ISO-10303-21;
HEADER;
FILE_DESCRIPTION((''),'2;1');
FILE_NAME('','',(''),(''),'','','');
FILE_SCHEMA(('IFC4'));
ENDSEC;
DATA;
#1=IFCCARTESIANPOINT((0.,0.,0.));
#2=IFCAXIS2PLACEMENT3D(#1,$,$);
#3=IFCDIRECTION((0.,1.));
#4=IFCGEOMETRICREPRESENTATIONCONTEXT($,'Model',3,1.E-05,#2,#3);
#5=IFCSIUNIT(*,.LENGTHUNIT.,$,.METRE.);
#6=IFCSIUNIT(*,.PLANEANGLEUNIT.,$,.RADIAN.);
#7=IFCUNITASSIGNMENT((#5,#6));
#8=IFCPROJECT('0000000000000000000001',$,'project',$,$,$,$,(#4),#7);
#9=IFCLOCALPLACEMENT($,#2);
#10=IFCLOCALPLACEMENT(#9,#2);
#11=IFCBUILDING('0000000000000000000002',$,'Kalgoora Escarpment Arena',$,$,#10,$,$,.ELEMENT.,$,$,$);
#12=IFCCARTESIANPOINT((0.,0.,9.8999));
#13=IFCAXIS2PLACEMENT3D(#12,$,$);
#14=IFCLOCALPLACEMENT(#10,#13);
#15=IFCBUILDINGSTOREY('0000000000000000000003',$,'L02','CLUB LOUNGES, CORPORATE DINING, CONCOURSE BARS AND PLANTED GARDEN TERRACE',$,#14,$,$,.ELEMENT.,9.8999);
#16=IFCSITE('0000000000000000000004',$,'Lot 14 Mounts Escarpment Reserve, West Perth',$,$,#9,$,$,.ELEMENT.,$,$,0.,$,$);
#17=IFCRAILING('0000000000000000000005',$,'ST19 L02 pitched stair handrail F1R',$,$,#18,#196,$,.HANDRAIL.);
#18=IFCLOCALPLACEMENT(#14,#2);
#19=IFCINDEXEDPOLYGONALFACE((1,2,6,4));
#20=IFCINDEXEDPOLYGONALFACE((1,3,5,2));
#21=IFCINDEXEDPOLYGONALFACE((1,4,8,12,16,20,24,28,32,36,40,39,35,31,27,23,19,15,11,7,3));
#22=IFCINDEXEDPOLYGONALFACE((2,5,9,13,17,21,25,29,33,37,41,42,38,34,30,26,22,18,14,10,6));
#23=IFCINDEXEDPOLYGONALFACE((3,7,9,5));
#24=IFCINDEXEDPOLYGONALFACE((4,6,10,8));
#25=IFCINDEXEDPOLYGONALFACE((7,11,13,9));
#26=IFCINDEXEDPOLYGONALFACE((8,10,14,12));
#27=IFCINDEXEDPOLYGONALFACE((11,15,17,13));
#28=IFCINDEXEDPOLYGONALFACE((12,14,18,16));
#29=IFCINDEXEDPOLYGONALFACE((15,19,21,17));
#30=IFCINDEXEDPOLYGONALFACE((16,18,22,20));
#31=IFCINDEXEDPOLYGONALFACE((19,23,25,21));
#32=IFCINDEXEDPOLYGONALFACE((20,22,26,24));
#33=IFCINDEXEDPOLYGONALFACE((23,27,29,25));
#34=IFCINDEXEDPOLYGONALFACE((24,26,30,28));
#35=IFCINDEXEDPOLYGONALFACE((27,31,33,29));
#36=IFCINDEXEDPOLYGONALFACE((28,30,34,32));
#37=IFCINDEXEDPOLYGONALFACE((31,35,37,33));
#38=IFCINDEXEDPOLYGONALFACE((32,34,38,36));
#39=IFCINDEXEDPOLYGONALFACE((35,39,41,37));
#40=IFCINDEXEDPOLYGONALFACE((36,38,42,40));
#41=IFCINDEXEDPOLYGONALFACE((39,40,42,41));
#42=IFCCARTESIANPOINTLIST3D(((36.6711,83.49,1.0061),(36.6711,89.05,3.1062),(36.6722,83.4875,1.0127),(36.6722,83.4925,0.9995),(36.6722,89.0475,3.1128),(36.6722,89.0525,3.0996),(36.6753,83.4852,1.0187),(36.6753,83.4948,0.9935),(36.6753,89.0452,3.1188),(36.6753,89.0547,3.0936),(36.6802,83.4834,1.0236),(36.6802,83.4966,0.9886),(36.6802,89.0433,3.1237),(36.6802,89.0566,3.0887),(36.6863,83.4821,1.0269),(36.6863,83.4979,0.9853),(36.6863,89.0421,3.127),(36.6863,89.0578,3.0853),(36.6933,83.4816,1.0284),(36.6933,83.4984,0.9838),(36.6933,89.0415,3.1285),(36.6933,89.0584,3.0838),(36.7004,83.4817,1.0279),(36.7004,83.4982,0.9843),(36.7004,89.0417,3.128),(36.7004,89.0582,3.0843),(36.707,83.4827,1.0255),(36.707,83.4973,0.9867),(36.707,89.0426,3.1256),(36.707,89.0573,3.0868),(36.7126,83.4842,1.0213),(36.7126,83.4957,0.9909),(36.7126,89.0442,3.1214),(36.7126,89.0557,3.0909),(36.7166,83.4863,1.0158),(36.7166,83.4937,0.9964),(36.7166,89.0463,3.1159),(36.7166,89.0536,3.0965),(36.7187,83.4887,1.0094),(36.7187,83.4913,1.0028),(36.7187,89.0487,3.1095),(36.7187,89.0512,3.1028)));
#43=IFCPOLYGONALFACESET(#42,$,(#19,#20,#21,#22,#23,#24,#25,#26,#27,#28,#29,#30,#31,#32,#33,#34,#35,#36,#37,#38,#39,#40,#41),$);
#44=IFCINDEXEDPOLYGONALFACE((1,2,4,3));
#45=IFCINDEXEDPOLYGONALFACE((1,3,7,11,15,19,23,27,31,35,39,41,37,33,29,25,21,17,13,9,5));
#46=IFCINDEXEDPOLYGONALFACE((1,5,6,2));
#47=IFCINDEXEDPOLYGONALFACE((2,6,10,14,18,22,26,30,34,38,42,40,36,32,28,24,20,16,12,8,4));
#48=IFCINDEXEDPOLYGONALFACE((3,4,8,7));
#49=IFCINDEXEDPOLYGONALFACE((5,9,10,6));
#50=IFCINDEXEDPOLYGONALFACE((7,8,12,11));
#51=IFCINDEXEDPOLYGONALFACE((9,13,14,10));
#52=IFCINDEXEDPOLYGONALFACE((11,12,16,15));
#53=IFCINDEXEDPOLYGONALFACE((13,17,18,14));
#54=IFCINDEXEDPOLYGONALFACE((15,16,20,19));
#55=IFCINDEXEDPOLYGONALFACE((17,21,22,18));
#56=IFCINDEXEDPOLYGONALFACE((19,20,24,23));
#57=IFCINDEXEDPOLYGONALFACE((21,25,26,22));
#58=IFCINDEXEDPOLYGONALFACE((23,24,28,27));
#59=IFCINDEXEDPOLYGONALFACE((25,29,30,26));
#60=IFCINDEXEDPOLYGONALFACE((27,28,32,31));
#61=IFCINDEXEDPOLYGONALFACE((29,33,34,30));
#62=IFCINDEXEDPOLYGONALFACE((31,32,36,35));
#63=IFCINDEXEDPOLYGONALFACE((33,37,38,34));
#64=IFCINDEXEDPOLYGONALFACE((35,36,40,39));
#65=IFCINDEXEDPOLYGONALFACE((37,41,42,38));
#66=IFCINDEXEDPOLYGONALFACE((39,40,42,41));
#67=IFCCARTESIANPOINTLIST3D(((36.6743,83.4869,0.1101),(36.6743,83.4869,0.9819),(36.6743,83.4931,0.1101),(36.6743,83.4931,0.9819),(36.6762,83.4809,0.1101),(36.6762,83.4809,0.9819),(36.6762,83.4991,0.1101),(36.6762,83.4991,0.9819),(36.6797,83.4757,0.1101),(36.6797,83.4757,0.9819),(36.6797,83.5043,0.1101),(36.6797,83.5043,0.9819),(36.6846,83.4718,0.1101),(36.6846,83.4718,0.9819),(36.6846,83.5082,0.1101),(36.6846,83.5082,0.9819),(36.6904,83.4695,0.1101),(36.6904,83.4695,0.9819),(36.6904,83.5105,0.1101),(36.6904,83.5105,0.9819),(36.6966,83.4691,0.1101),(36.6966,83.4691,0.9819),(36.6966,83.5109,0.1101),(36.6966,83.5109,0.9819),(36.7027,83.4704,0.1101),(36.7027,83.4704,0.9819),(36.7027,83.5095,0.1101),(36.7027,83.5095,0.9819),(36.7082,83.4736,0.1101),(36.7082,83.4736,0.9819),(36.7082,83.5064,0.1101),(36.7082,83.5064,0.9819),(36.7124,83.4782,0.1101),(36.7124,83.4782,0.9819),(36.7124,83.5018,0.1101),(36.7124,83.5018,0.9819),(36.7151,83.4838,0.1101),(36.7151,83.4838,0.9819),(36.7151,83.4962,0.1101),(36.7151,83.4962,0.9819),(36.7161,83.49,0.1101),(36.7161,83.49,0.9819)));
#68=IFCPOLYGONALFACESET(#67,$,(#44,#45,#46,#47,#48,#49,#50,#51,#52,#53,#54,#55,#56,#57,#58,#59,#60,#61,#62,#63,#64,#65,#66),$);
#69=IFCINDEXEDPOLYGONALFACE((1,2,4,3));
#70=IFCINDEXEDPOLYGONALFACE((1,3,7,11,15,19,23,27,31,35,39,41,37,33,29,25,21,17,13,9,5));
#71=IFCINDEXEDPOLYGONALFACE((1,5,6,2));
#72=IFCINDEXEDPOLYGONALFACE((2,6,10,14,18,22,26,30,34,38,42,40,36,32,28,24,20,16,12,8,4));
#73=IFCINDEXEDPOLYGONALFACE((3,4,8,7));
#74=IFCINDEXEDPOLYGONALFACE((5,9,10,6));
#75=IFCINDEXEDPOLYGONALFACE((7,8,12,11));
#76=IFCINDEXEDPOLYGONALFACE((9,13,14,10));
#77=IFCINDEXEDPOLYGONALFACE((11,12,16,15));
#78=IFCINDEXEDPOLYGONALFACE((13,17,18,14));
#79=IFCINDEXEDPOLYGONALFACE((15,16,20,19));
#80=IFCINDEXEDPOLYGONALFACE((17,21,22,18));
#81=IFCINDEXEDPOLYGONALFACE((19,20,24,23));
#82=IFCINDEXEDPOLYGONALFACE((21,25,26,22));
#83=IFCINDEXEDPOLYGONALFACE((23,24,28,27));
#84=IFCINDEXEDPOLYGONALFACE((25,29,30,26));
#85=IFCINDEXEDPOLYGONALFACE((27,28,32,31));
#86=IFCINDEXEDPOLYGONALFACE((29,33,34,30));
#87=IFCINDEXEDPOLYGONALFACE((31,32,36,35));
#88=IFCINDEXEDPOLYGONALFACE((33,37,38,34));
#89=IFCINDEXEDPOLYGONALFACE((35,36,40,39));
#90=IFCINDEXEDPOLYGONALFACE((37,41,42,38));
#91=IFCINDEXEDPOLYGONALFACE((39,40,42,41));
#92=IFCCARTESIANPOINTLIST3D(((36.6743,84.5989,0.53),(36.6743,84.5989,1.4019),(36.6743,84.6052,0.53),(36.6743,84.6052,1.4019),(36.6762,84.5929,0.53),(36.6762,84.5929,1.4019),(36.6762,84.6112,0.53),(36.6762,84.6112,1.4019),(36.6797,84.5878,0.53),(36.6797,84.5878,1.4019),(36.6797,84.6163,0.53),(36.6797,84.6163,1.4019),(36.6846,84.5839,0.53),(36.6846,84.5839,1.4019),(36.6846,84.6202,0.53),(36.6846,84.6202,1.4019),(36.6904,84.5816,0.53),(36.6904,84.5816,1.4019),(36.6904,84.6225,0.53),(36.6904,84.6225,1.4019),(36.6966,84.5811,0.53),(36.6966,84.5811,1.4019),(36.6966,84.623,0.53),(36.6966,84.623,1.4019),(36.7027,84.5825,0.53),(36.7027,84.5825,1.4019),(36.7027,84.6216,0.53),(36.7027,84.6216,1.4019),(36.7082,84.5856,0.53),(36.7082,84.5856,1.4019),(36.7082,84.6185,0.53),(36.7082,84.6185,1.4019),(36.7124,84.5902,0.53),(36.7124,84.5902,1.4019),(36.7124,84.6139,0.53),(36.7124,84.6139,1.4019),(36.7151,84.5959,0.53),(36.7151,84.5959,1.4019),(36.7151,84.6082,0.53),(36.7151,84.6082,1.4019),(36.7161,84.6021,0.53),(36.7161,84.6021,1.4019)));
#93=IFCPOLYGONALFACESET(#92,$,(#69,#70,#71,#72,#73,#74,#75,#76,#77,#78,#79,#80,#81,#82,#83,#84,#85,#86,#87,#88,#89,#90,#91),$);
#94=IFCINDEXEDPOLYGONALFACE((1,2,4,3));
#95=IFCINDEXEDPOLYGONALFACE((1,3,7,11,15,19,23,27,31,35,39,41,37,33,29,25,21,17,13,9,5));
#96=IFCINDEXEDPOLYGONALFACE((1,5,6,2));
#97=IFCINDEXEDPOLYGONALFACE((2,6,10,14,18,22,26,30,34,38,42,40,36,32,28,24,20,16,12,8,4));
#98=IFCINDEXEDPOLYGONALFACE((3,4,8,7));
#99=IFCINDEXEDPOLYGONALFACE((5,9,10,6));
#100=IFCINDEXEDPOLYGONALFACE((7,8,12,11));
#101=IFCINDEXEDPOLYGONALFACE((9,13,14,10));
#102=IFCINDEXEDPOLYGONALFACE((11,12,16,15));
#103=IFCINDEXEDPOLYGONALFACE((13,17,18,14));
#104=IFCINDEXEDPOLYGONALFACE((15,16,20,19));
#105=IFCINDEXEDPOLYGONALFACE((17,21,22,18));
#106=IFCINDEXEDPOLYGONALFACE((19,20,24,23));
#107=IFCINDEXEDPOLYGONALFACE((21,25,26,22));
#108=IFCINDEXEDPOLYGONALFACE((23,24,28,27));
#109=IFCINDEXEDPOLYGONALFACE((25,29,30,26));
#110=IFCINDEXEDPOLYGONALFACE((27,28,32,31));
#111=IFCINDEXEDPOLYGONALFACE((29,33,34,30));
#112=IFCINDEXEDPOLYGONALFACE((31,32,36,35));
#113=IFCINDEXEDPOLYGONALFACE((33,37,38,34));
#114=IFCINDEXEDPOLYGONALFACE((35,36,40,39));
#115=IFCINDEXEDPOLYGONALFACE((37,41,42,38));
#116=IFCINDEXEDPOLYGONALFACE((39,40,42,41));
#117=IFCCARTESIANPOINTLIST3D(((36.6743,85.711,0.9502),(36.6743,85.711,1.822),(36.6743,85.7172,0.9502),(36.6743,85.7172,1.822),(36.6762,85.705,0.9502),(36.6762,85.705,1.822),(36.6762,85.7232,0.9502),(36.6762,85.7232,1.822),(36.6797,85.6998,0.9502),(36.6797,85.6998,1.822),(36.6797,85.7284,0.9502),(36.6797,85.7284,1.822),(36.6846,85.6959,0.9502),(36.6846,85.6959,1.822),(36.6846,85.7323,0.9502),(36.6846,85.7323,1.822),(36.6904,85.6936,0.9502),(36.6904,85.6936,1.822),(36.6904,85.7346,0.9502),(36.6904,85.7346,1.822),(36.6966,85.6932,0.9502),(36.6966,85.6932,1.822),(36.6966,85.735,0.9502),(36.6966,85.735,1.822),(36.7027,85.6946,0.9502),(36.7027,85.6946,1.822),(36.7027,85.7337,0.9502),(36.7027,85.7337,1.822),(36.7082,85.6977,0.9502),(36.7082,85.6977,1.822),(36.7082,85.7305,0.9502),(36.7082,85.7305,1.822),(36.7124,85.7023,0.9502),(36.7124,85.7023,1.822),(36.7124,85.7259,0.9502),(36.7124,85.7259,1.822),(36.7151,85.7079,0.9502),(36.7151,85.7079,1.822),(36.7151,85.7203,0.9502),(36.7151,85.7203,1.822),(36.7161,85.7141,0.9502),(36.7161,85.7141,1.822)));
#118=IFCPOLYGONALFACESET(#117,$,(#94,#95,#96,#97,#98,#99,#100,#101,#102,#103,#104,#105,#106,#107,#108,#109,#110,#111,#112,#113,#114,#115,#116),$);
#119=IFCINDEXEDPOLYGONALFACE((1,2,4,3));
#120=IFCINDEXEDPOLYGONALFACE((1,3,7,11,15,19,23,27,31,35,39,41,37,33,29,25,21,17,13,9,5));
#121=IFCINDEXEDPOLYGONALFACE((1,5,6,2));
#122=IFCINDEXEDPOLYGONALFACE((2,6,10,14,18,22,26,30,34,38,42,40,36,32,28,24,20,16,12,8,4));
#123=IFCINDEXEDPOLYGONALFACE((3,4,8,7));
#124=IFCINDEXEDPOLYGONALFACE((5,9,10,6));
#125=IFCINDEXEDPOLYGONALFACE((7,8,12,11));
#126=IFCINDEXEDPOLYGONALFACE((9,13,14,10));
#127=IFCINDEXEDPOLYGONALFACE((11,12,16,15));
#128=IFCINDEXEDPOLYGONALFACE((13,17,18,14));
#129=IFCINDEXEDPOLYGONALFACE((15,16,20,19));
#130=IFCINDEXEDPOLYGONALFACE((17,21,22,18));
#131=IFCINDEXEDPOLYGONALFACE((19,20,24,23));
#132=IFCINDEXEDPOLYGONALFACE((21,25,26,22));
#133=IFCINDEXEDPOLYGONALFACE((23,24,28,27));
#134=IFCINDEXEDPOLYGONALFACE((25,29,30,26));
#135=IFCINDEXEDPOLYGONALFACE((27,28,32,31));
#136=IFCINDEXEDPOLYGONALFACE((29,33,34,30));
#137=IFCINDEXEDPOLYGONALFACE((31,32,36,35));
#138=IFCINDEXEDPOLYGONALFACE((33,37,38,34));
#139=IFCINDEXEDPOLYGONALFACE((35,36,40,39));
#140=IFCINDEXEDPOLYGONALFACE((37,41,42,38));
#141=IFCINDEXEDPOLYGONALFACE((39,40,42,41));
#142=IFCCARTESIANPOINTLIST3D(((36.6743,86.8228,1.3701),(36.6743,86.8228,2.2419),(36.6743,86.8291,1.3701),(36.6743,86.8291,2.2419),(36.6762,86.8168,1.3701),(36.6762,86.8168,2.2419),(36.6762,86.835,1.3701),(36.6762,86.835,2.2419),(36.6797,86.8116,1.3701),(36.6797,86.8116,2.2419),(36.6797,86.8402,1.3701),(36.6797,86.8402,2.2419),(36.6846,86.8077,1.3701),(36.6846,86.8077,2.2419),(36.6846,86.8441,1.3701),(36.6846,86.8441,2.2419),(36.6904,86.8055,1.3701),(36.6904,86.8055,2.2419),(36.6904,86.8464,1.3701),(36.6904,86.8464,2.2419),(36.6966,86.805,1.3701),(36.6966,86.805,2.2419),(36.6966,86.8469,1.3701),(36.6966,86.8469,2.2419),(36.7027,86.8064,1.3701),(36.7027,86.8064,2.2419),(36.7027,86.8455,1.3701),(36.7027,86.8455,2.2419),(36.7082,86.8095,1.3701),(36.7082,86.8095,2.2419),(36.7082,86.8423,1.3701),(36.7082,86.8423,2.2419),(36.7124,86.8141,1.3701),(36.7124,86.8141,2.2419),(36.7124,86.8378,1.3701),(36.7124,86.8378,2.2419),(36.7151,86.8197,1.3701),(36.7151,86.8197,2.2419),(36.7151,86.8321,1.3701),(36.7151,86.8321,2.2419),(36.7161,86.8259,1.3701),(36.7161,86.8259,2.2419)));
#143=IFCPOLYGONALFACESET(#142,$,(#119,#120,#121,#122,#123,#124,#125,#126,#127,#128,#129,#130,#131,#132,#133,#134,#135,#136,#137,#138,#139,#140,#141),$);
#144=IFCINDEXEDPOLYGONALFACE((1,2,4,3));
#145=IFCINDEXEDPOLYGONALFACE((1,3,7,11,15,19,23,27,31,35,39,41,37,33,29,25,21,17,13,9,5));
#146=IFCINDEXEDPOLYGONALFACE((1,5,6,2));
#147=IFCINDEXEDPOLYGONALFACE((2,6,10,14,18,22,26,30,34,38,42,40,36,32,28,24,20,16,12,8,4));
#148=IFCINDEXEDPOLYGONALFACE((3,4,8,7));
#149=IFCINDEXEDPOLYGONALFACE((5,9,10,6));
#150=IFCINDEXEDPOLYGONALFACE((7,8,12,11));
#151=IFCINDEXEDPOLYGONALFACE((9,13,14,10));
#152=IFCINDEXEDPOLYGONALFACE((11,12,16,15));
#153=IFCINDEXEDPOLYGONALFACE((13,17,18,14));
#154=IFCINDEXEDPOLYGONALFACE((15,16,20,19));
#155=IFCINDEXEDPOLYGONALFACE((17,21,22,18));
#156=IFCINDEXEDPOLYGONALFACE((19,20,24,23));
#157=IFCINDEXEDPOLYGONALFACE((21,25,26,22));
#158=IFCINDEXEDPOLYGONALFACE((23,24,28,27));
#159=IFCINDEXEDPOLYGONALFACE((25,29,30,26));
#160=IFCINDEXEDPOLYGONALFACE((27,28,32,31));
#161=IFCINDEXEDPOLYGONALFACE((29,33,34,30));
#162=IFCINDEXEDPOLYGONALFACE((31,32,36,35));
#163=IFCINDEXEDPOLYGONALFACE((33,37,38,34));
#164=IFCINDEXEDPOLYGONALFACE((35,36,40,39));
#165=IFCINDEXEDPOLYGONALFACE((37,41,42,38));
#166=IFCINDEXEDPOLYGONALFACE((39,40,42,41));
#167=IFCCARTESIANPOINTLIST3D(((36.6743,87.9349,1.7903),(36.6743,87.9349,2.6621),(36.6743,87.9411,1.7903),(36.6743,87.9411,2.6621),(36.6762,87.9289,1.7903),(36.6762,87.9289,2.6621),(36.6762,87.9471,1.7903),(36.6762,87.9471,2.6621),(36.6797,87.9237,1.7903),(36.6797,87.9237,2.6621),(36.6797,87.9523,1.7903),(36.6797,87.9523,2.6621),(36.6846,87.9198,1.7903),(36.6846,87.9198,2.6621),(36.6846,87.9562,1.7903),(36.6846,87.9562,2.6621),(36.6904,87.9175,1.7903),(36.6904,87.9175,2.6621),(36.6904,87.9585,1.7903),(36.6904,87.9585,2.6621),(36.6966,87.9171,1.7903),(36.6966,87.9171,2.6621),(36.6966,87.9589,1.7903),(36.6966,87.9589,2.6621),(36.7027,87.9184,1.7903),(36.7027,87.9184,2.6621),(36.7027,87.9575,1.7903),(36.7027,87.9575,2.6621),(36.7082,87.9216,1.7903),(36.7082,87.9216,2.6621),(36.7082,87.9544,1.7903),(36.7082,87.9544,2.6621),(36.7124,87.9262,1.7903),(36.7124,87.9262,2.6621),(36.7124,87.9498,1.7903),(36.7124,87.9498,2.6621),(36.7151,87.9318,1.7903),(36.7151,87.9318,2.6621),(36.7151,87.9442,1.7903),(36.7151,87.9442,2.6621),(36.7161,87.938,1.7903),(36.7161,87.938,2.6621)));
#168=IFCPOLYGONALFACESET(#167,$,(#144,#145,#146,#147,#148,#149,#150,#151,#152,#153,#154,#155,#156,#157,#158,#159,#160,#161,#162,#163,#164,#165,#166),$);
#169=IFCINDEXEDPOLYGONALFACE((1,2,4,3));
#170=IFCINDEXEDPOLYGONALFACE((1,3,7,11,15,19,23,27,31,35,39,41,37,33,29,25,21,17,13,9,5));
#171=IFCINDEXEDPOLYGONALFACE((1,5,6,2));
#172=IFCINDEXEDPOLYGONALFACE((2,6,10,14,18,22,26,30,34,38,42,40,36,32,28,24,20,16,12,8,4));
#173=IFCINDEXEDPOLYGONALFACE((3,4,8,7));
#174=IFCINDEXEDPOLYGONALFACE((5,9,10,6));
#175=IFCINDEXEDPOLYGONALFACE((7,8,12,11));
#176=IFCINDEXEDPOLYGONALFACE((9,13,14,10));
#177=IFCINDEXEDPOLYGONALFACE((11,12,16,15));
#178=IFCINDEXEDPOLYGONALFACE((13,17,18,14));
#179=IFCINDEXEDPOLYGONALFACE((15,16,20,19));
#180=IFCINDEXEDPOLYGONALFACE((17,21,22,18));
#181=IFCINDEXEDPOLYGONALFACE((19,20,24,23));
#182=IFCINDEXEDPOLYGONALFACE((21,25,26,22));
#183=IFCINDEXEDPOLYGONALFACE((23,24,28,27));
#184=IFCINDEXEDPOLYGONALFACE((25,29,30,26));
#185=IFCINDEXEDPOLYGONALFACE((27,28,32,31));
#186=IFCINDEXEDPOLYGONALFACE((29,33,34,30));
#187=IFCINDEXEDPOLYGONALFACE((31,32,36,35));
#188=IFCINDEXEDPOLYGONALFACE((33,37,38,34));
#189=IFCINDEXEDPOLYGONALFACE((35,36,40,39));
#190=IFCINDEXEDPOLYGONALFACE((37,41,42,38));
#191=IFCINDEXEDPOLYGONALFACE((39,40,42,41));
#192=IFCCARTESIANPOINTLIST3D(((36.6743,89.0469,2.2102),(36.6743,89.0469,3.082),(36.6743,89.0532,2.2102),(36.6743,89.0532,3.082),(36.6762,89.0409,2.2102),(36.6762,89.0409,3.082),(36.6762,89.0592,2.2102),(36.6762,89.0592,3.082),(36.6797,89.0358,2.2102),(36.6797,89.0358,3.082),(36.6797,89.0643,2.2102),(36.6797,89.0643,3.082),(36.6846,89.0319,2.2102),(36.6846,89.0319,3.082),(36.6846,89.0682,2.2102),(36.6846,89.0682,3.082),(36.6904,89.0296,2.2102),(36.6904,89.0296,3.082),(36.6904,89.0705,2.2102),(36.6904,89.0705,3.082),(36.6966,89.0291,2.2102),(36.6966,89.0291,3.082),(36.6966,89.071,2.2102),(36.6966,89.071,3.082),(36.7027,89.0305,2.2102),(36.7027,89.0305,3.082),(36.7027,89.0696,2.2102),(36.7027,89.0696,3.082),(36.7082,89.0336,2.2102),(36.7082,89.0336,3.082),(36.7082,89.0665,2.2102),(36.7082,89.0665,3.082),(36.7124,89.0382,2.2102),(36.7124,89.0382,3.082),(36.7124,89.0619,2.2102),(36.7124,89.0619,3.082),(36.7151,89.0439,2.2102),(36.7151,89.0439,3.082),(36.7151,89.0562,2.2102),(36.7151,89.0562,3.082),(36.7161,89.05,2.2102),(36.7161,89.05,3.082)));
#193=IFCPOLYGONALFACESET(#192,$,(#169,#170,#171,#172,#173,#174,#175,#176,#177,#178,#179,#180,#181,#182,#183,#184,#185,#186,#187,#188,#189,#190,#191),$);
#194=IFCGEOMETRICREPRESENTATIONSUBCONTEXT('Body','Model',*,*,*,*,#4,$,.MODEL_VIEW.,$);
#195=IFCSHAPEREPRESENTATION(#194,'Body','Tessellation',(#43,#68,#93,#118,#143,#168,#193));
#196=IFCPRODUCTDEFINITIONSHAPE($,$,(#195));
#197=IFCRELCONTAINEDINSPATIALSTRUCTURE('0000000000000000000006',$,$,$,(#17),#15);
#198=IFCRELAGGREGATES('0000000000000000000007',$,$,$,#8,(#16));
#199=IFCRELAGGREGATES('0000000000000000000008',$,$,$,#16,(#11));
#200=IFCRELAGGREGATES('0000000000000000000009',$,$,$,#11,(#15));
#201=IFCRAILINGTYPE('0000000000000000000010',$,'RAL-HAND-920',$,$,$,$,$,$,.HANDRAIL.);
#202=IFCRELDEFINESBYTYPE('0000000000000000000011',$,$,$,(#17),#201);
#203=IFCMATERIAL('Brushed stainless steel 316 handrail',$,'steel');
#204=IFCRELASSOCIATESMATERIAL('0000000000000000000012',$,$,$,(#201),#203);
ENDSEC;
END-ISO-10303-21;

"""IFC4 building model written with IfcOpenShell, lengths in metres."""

from ifc_helpers import new_model, si_unit, direction, frame, origin, origin_2d, place, context, subcontext, project, spatial, circle, extrude, material, type_object, element, save


model = new_model("IFC4")

# Units and contexts
model_context = context("Model", 3, precision=1e-05, world=origin(), true_north=direction((0.0, 1.0)))
body_context = subcontext(model_context, "Body", "Model", "MODEL_VIEW")
ifc_project = project(units=[si_unit("LENGTHUNIT", "METRE"), si_unit("PLANEANGLEUNIT", "RADIAN")], contexts=[model_context])

# Site, building, storey
site_placement = place(None, origin())
site = spatial("IfcSite", under=ifc_project, at=site_placement, Name="Lot 14 Mounts Escarpment Reserve, West Perth", CompositionType="ELEMENT", RefElevation=0.0)
building_placement = place(site_placement, origin())
building = spatial("IfcBuilding", under=site, at=building_placement, Name="Kalgoora Escarpment Arena", CompositionType="ELEMENT")
storey_placement = place(building_placement, frame((0.0, 0.0, 9.8999)))
storey = spatial("IfcBuildingStorey", under=building, at=storey_placement, Name="L02", Description="CLUB LOUNGES, CORPORATE DINING, CONCOURSE BARS AND PLANTED GARDEN TERRACE", CompositionType="ELEMENT", Elevation=9.8999)

# Railing
ifc_material_1 = material(Name="Brushed stainless steel 316 handrail", Category="steel")
railing_type_1 = type_object("IfcRailingType", Name="RAL-HAND-920", PredefinedType="HANDRAIL", material=ifc_material_1)
for number, where, name in (
    (1, (36.6951, 83.49, 0.1101), "ST19 L02 pitched stair handrail F1R"),
):
    element("IfcRailing", number, at=place(storey_placement, frame(where)), inside=storey, type_object=railing_type_1, Name=name, PredefinedType="HANDRAIL", context=body_context, shape_type="SweptSolid", body=[
        extrude(circle(Radius=0.0239, at=origin_2d()), frame((0.0, 0.0, 0.896), z_axis=(0.0, 0.935493, 0.353346), x_axis=(-1.0, 0.0, 0.0)), (0.0, 0.0, 1.0), 5.9434),
        extrude(circle(Radius=0.021, at=origin_2d()), origin(), (0.0, 0.0, 1.0), 0.8718),
        extrude(circle(Radius=0.021, at=origin_2d()), frame((0.0, 1.1121, 0.4199)), (0.0, 0.0, 1.0), 0.8718),
        extrude(circle(Radius=0.021, at=origin_2d()), frame((0.0, 2.2241, 0.8401)), (0.0, 0.0, 1.0), 0.8718),
        extrude(circle(Radius=0.021, at=origin_2d()), frame((0.0, 3.3359, 1.26)), (0.0, 0.0, 1.0), 0.8718),
        extrude(circle(Radius=0.021, at=origin_2d()), frame((0.0, 4.448, 1.6802)), (0.0, 0.0, 1.0), 0.8718),
        extrude(circle(Radius=0.021, at=origin_2d()), frame((0.0, 5.5601, 2.1001)), (0.0, 0.0, 1.0), 0.8718),
    ])

save(model, "model.ifc")
